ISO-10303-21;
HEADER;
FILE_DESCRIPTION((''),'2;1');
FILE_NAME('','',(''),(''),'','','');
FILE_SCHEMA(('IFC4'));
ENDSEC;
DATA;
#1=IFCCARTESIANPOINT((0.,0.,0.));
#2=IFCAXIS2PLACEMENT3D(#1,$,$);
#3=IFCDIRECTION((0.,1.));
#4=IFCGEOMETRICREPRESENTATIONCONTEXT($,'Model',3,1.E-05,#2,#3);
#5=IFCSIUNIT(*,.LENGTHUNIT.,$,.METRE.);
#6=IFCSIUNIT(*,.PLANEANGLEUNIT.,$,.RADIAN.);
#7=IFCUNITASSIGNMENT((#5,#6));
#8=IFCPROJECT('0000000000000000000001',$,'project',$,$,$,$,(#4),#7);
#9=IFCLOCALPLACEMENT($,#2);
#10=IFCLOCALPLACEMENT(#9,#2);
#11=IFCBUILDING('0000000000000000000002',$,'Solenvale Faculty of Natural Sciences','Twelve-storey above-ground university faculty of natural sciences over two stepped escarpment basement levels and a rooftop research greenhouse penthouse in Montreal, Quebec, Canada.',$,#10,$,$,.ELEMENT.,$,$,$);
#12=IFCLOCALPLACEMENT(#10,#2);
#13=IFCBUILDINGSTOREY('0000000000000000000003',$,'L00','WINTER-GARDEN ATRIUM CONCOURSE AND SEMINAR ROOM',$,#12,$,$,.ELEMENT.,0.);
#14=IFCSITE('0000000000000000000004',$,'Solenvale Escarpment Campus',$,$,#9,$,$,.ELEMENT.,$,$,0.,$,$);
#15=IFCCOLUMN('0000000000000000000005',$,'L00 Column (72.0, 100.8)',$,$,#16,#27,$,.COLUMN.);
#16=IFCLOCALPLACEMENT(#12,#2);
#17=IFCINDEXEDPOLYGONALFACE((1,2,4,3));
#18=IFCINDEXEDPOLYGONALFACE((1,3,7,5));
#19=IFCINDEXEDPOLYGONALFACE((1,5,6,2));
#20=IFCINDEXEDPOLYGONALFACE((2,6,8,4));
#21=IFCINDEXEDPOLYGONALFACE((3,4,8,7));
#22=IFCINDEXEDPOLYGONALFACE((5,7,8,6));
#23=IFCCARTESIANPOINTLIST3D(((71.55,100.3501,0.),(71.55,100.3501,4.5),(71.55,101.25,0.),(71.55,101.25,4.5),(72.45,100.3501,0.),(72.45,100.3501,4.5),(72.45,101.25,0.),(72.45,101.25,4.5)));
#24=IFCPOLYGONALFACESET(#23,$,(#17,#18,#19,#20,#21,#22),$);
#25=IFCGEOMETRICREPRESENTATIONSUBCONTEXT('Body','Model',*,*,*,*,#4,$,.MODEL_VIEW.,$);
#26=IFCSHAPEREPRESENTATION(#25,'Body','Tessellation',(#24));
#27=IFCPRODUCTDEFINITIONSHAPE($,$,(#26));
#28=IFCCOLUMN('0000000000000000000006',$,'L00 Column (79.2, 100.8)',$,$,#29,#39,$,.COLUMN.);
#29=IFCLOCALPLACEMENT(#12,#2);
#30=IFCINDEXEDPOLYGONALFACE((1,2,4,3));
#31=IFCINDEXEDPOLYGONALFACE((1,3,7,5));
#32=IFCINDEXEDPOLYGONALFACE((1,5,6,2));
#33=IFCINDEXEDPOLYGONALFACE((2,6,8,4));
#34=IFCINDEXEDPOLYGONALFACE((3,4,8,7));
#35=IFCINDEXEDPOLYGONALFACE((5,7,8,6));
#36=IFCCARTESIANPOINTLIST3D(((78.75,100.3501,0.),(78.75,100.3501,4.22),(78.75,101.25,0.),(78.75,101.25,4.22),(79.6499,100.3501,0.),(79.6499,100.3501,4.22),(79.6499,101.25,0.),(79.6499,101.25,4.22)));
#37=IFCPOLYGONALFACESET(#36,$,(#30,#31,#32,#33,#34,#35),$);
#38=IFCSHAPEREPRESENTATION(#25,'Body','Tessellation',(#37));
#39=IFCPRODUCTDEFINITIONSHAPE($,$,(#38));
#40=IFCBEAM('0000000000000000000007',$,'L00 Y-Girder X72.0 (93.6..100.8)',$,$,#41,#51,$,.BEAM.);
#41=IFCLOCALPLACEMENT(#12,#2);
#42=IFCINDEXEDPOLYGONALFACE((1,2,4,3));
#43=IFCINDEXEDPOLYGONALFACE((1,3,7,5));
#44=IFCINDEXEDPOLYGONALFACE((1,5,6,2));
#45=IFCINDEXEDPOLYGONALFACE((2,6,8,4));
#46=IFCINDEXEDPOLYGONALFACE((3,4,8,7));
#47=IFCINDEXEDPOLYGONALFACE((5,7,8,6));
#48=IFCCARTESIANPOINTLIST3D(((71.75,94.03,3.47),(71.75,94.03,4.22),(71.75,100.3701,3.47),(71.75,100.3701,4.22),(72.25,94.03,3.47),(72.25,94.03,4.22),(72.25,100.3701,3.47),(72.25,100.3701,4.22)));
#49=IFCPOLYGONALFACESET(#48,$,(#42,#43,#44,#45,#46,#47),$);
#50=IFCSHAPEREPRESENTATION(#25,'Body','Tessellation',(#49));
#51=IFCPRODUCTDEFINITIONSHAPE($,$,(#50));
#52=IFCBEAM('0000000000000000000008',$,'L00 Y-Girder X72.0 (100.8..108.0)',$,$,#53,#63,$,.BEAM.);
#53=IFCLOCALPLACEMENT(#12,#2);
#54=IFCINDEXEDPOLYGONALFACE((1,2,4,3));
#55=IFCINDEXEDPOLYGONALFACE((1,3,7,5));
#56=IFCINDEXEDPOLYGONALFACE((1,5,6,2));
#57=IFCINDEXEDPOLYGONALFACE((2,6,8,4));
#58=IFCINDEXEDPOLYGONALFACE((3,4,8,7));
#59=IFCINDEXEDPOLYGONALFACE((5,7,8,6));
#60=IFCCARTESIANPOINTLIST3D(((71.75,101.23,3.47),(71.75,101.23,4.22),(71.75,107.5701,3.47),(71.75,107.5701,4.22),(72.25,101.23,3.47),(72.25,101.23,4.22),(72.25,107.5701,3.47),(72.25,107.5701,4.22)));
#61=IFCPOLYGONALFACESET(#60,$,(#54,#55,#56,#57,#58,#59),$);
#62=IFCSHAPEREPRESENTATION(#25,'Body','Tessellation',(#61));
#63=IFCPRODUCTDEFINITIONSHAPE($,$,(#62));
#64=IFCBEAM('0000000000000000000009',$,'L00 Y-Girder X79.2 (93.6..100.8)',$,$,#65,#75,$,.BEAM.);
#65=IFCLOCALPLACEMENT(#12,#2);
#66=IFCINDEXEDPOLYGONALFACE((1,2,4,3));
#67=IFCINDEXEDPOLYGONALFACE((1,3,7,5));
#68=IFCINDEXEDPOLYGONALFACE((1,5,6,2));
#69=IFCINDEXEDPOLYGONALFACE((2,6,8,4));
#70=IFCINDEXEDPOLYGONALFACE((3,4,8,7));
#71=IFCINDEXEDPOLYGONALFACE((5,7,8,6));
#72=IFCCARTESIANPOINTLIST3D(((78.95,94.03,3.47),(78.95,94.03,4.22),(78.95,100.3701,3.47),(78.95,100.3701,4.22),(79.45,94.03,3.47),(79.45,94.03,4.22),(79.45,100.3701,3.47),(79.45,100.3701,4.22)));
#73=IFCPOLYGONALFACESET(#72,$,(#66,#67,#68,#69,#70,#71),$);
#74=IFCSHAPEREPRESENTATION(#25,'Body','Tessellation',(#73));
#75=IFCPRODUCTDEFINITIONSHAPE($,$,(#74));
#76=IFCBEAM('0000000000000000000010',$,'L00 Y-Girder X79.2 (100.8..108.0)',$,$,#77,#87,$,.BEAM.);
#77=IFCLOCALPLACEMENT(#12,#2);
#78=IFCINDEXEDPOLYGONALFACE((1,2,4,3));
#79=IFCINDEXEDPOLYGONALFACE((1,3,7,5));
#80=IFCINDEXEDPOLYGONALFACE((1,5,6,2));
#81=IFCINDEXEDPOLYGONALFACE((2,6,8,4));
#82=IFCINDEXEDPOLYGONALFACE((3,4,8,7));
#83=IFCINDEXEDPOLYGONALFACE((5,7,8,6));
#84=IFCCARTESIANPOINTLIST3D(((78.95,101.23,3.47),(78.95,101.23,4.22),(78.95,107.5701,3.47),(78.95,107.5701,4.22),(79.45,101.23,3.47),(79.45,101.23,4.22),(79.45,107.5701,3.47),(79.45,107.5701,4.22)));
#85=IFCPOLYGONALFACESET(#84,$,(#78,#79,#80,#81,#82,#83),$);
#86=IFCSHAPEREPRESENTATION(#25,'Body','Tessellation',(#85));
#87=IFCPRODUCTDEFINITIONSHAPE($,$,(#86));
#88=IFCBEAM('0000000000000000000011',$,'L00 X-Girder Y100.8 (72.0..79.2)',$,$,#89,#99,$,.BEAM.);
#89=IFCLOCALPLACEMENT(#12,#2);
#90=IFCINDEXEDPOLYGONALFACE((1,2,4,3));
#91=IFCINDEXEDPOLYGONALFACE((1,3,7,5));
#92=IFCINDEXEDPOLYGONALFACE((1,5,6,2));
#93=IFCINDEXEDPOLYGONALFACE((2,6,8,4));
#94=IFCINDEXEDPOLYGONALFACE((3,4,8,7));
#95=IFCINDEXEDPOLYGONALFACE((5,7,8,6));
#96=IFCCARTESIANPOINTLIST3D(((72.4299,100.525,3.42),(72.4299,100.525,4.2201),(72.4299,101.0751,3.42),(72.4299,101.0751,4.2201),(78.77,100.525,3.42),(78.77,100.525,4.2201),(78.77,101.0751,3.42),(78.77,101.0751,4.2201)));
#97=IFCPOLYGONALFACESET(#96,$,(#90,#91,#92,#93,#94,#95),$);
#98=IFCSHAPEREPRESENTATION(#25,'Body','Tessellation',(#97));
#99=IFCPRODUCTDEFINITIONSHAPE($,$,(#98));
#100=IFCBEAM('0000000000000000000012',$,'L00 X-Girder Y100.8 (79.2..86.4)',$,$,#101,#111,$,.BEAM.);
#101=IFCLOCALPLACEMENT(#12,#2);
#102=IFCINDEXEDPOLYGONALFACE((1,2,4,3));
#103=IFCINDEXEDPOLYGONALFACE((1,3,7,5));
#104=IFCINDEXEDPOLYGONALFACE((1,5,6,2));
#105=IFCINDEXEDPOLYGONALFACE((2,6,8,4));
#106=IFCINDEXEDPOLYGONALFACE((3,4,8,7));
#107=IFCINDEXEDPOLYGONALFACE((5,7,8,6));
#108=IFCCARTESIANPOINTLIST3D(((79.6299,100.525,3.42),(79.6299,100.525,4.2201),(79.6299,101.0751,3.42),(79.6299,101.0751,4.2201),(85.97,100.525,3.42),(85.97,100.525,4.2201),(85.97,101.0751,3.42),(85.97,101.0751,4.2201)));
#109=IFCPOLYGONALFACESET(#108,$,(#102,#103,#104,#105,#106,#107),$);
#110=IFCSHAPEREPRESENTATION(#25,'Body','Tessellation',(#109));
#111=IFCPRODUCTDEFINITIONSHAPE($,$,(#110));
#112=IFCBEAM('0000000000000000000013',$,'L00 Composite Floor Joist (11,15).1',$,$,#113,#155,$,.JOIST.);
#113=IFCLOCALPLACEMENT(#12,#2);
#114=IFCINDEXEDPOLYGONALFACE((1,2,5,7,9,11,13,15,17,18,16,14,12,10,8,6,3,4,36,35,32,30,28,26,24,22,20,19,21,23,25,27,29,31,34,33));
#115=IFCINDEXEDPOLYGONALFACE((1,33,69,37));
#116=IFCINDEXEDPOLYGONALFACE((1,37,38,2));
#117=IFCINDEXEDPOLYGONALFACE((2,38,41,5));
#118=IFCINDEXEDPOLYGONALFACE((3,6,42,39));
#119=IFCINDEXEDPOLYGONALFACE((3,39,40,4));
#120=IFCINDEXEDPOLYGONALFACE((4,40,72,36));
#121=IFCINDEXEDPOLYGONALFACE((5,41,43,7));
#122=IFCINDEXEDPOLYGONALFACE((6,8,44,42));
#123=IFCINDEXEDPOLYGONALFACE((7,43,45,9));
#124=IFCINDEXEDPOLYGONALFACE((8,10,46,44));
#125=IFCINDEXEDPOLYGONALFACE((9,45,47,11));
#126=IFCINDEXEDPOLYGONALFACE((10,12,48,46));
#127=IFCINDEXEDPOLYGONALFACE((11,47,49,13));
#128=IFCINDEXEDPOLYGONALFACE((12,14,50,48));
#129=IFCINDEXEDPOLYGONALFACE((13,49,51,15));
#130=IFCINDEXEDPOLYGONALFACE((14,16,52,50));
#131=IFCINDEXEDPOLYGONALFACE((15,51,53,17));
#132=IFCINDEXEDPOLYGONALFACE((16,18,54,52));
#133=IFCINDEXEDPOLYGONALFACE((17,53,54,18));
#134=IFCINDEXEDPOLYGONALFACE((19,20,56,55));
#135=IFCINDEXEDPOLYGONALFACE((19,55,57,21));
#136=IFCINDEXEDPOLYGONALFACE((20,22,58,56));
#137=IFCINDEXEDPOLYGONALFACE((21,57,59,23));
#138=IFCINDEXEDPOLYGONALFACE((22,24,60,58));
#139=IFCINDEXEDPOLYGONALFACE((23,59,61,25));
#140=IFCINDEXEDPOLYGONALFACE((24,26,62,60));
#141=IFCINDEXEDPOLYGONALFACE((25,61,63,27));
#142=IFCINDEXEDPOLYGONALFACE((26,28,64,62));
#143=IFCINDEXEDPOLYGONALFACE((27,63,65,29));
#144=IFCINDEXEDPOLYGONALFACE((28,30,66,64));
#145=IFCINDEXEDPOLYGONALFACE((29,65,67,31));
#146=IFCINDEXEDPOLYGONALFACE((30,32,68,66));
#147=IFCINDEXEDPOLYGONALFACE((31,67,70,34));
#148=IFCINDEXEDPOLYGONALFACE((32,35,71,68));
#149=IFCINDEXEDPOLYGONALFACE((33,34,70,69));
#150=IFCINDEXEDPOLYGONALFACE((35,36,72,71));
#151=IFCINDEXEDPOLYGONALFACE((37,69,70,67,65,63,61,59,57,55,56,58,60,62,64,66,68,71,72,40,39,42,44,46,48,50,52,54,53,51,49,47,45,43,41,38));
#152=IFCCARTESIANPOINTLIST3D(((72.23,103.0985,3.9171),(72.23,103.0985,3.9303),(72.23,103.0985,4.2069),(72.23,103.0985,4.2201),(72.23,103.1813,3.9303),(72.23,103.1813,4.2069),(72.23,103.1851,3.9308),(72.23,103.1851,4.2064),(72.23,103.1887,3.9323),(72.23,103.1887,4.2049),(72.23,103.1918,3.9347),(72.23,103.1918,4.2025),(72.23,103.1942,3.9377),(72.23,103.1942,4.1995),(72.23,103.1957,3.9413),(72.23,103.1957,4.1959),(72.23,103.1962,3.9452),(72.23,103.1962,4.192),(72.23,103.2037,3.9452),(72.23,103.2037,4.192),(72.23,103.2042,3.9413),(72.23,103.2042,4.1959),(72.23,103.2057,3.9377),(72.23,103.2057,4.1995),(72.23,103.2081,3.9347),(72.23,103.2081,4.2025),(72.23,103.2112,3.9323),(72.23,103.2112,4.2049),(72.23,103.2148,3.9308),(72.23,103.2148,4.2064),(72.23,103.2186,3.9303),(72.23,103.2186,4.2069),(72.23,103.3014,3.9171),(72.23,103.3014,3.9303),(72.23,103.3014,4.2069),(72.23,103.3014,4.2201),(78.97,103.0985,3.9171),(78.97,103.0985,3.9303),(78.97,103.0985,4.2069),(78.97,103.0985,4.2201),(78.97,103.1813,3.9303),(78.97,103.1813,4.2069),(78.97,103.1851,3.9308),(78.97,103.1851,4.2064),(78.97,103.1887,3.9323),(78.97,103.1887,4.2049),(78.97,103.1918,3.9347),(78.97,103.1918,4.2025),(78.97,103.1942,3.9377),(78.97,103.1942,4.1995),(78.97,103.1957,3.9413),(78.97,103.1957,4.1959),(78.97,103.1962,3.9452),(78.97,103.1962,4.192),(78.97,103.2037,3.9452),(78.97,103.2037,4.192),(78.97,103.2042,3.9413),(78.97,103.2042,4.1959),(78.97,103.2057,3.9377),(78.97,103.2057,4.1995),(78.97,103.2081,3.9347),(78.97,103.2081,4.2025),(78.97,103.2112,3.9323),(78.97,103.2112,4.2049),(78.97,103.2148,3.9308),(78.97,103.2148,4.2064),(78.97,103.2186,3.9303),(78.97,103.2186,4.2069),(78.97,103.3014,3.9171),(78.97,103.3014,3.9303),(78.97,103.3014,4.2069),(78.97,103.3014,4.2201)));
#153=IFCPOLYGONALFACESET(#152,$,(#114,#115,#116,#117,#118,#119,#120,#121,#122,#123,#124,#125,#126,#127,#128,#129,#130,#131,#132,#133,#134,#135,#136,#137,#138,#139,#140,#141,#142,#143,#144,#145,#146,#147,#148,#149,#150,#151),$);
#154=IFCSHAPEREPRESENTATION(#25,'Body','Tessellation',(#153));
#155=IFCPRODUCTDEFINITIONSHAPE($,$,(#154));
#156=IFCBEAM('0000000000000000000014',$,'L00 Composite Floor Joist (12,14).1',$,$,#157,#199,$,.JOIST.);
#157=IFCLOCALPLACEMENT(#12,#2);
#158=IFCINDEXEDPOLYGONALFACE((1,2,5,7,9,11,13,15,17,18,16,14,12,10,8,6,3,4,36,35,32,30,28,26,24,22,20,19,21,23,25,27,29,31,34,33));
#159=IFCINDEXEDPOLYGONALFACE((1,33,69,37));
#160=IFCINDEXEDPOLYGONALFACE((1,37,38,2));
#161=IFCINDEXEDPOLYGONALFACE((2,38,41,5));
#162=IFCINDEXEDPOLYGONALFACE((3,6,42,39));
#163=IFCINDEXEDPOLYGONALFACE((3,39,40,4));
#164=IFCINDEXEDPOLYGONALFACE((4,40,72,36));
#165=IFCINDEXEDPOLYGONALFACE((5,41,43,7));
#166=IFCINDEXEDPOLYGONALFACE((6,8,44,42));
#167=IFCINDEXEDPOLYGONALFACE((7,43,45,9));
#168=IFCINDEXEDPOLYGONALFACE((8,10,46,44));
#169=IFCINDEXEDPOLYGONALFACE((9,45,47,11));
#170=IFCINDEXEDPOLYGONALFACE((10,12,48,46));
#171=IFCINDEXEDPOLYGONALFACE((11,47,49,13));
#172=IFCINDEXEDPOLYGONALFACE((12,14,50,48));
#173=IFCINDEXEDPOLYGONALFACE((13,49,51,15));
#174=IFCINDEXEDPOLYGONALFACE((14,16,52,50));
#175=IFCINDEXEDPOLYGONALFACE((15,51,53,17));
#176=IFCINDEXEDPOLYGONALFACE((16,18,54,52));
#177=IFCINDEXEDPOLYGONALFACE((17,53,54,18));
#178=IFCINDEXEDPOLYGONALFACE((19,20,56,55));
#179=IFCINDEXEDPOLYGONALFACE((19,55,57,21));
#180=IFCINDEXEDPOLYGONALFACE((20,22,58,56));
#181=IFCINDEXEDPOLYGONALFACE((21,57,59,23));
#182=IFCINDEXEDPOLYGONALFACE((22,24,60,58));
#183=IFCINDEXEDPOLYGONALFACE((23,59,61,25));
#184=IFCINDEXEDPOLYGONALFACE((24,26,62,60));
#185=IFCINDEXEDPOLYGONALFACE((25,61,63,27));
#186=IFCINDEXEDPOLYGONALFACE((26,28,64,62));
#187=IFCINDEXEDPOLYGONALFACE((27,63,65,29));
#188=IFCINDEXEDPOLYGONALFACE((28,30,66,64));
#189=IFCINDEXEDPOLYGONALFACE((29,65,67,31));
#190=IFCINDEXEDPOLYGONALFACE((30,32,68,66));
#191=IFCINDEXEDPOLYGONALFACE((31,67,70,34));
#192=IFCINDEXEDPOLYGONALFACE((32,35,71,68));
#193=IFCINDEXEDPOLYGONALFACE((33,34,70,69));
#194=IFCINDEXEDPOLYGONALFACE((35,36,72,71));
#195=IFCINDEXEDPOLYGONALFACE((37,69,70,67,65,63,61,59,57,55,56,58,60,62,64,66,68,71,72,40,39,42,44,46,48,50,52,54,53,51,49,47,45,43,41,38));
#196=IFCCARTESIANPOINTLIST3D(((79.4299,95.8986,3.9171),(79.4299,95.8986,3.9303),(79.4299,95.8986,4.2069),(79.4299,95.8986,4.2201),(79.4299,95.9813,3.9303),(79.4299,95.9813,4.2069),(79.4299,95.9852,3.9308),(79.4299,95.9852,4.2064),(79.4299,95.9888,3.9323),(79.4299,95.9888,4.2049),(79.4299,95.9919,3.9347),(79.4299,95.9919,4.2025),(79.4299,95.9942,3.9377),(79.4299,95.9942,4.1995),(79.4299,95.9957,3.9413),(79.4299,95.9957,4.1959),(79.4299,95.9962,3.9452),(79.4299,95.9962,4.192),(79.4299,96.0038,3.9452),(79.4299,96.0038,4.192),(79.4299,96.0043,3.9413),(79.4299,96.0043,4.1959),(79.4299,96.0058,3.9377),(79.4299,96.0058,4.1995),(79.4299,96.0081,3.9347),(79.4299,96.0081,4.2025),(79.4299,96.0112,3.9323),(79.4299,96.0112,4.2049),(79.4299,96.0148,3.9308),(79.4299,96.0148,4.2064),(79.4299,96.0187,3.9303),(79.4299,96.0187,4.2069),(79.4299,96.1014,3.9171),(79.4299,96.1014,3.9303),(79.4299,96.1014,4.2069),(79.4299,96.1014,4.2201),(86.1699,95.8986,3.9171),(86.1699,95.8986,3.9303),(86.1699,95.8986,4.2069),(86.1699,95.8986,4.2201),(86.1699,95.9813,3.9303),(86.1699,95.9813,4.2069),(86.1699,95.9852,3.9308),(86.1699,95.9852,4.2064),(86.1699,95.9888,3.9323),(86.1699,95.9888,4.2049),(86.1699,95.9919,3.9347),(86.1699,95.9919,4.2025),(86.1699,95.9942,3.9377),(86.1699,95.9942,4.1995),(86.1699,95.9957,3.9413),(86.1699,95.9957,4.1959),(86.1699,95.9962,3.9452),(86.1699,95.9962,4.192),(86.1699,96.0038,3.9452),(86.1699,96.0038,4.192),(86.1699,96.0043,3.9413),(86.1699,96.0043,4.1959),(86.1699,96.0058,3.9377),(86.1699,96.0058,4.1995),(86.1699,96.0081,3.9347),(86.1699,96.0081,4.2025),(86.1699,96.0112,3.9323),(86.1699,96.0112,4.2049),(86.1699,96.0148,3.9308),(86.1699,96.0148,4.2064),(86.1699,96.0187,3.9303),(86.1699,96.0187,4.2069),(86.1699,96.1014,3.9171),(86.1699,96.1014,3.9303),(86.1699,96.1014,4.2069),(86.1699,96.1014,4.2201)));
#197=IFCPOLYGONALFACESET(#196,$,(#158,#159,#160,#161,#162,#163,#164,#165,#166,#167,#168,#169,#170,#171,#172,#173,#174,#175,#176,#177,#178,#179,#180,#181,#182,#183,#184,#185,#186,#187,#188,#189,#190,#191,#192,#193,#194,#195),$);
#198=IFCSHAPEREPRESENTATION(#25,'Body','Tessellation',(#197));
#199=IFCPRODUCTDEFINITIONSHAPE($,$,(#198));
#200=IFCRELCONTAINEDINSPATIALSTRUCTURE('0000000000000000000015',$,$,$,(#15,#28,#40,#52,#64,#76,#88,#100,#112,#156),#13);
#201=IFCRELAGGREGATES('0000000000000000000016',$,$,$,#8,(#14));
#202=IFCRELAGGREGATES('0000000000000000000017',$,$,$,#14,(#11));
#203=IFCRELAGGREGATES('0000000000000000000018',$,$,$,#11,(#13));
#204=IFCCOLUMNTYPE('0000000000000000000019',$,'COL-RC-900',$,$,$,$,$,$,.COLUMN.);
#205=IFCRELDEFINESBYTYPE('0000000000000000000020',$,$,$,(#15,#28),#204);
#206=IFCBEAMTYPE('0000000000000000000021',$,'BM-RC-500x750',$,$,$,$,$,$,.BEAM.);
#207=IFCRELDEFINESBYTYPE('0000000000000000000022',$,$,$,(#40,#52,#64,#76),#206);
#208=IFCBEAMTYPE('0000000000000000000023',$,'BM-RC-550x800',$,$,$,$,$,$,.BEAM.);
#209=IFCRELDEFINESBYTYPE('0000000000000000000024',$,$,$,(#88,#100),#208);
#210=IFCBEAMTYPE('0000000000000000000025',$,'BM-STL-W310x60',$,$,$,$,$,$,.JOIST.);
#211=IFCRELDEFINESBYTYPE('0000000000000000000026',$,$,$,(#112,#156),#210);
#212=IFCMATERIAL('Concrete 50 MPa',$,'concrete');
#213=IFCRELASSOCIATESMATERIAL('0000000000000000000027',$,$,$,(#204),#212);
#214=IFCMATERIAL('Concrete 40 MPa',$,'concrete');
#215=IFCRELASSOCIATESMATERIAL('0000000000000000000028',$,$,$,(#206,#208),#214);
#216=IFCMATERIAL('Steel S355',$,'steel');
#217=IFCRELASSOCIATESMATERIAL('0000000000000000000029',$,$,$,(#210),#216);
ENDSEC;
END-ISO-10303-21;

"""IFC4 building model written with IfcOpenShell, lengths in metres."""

from ifc_helpers import new_model, si_unit, direction, frame, origin, origin_2d, place, context, subcontext, project, spatial, rectangle, i_section, extrude, material, material_profile, profile_set, type_object, element, save


model = new_model("IFC4")

# Units and contexts
model_context = context("Model", 3, precision=1e-05, world=origin(), true_north=direction((0.0, 1.0)))
body_context = subcontext(model_context, "Body", "Model", "MODEL_VIEW")
ifc_project = project(units=[si_unit("LENGTHUNIT", "METRE"), si_unit("PLANEANGLEUNIT", "RADIAN")], contexts=[model_context])

# Site, building, storey
site_placement = place(None, origin())
site = spatial("IfcSite", under=ifc_project, at=site_placement, Name="Solenvale Escarpment Campus", CompositionType="ELEMENT", RefElevation=0.0)
building_placement = place(site_placement, origin())
building = spatial("IfcBuilding", under=site, at=building_placement, Name="Solenvale Faculty of Natural Sciences", Description="Twelve-storey above-ground university faculty of natural sciences over two stepped escarpment basement levels and a rooftop research greenhouse penthouse in Montreal, Quebec, Canada.", CompositionType="ELEMENT")
storey_placement = place(building_placement, origin())
storey = spatial("IfcBuildingStorey", under=building, at=storey_placement, Name="L00", Description="WINTER-GARDEN ATRIUM CONCOURSE AND SEMINAR ROOM", CompositionType="ELEMENT", Elevation=0.0)

# Columns
ifc_material_1 = material(Name="Concrete 50 MPa", Category="concrete")
ifc_material_profile_1 = material_profile(ifc_material_1, rectangle(XDim=0.8999, YDim=0.8999, at=origin_2d()), Name="RC-COL-900x900")
ifc_profile_set_1 = profile_set([ifc_material_profile_1], Name="Concrete 50 MPa")
column_type = type_object("IfcColumnType", Name="COL-RC-900", PredefinedType="COLUMN", material=ifc_profile_set_1)
column_1_placement = place(storey_placement, frame((72.0, 100.8, 0.0), z_axis=(0.0, 0.0, 1.0), x_axis=(1.0, 0.0, 0.0)))
element("IfcColumn", 1, at=column_1_placement, inside=storey, type_object=column_type, Name="L00 Column (72.0, 100.8)", PredefinedType="COLUMN", context=body_context, shape_type="SweptSolid", body=[
    extrude(rectangle(XDim=0.8999, YDim=0.8999, at=origin_2d()), origin(), (0.0, 0.0, 1.0), 4.5),
])
column_2_placement = place(storey_placement, frame((79.2, 100.8, 0.0), z_axis=(0.0, 0.0, 1.0), x_axis=(1.0, 0.0, 0.0)))
element("IfcColumn", 2, at=column_2_placement, inside=storey, type_object=column_type, Name="L00 Column (79.2, 100.8)", PredefinedType="COLUMN", context=body_context, shape_type="SweptSolid", body=[
    extrude(rectangle(XDim=0.8999, YDim=0.8999, at=origin_2d()), origin(), (0.0, 0.0, 1.0), 4.22),
])

# Beams
ifc_material_2 = material(Name="Concrete 40 MPa", Category="concrete")
ifc_material_profile_2 = material_profile(ifc_material_2, rectangle(XDim=0.5, YDim=0.75, at=origin_2d()), Name="RC-BM-500x750")
ifc_profile_set_2 = profile_set([ifc_material_profile_2], Name="Concrete 40 MPa")
beam_type_1 = type_object("IfcBeamType", Name="BM-RC-500x750", PredefinedType="BEAM", material=ifc_profile_set_2)
for number, where, z_axis, x_axis, name in (
    (3, (72.0, 94.03, 3.845), (0.0, 1.0, 0.0), (-1.0, 0.0, 0.0), "L00 Y-Girder X72.0 (93.6..100.8)"),
    (4, (72.0, 101.23, 3.845), (0.0, 1.0, 0.0), (-1.0, 0.0, 0.0), "L00 Y-Girder X72.0 (100.8..108.0)"),
    (5, (79.2, 94.03, 3.845), (0.0, 1.0, 0.0), (-1.0, 0.0, 0.0), "L00 Y-Girder X79.2 (93.6..100.8)"),
    (6, (79.2, 101.23, 3.845), (0.0, 1.0, 0.0), (-1.0, 0.0, 0.0), "L00 Y-Girder X79.2 (100.8..108.0)"),
):
    element("IfcBeam", number, at=place(storey_placement, frame(where, z_axis=z_axis, x_axis=x_axis)), inside=storey, type_object=beam_type_1, Name=name, PredefinedType="BEAM", context=body_context, shape_type="SweptSolid", body=[
        extrude(rectangle(XDim=0.5, YDim=0.75, at=origin_2d()), origin(), (0.0, 0.0, 1.0), 6.3401),
    ])
ifc_material_profile_3 = material_profile(ifc_material_2, rectangle(XDim=0.55, YDim=0.8, at=origin_2d()), Name="RC-BM-550x800")
ifc_profile_set_3 = profile_set([ifc_material_profile_3], Name="Concrete 40 MPa")
beam_type_2 = type_object("IfcBeamType", Name="BM-RC-550x800", PredefinedType="BEAM", material=ifc_profile_set_3)
for number, where, z_axis, x_axis, name in (
    (7, (72.4299, 100.8, 3.8201), (1.0, 0.0, 0.0), (0.0, 1.0, 0.0), "L00 X-Girder Y100.8 (72.0..79.2)"),
    (8, (79.6299, 100.8, 3.8201), (1.0, 0.0, 0.0), (0.0, 1.0, 0.0), "L00 X-Girder Y100.8 (79.2..86.4)"),
):
    element("IfcBeam", number, at=place(storey_placement, frame(where, z_axis=z_axis, x_axis=x_axis)), inside=storey, type_object=beam_type_2, Name=name, PredefinedType="BEAM", context=body_context, shape_type="SweptSolid", body=[
        extrude(rectangle(XDim=0.55, YDim=0.8, at=origin_2d()), origin(), (0.0, 0.0, 1.0), 6.3401),
    ])
ifc_material_3 = material(Name="Steel S355", Category="steel")
ifc_material_profile_4 = material_profile(ifc_material_3, i_section(OverallWidth=0.2029, OverallDepth=0.303, WebThickness=0.0076, FlangeThickness=0.0132, FilletRadius=0.0149, at=origin_2d()), Name="W310x60")
ifc_profile_set_4 = profile_set([ifc_material_profile_4], Name="Steel S355")
beam_type_3 = type_object("IfcBeamType", Name="BM-STL-W310x60", PredefinedType="JOIST", material=ifc_profile_set_4)
for number, where, z_axis, x_axis, name in (
    (9, (72.23, 103.2, 4.0686), (1.0, 0.0, 0.0), (0.0, 1.0, 0.0), "L00 Composite Floor Joist (11,15).1"),
    (10, (79.4299, 96.0, 4.0686), (1.0, 0.0, 0.0), (0.0, 1.0, 0.0), "L00 Composite Floor Joist (12,14).1"),
):
    element("IfcBeam", number, at=place(storey_placement, frame(where, z_axis=z_axis, x_axis=x_axis)), inside=storey, type_object=beam_type_3, Name=name, PredefinedType="JOIST", context=body_context, shape_type="SweptSolid", body=[
        extrude(i_section(OverallWidth=0.2029, OverallDepth=0.303, WebThickness=0.0076, FlangeThickness=0.0132, FilletRadius=0.0149, at=origin_2d()), origin(), (0.0, 0.0, 1.0), 6.74),
    ])

save(model, "model.ifc")
